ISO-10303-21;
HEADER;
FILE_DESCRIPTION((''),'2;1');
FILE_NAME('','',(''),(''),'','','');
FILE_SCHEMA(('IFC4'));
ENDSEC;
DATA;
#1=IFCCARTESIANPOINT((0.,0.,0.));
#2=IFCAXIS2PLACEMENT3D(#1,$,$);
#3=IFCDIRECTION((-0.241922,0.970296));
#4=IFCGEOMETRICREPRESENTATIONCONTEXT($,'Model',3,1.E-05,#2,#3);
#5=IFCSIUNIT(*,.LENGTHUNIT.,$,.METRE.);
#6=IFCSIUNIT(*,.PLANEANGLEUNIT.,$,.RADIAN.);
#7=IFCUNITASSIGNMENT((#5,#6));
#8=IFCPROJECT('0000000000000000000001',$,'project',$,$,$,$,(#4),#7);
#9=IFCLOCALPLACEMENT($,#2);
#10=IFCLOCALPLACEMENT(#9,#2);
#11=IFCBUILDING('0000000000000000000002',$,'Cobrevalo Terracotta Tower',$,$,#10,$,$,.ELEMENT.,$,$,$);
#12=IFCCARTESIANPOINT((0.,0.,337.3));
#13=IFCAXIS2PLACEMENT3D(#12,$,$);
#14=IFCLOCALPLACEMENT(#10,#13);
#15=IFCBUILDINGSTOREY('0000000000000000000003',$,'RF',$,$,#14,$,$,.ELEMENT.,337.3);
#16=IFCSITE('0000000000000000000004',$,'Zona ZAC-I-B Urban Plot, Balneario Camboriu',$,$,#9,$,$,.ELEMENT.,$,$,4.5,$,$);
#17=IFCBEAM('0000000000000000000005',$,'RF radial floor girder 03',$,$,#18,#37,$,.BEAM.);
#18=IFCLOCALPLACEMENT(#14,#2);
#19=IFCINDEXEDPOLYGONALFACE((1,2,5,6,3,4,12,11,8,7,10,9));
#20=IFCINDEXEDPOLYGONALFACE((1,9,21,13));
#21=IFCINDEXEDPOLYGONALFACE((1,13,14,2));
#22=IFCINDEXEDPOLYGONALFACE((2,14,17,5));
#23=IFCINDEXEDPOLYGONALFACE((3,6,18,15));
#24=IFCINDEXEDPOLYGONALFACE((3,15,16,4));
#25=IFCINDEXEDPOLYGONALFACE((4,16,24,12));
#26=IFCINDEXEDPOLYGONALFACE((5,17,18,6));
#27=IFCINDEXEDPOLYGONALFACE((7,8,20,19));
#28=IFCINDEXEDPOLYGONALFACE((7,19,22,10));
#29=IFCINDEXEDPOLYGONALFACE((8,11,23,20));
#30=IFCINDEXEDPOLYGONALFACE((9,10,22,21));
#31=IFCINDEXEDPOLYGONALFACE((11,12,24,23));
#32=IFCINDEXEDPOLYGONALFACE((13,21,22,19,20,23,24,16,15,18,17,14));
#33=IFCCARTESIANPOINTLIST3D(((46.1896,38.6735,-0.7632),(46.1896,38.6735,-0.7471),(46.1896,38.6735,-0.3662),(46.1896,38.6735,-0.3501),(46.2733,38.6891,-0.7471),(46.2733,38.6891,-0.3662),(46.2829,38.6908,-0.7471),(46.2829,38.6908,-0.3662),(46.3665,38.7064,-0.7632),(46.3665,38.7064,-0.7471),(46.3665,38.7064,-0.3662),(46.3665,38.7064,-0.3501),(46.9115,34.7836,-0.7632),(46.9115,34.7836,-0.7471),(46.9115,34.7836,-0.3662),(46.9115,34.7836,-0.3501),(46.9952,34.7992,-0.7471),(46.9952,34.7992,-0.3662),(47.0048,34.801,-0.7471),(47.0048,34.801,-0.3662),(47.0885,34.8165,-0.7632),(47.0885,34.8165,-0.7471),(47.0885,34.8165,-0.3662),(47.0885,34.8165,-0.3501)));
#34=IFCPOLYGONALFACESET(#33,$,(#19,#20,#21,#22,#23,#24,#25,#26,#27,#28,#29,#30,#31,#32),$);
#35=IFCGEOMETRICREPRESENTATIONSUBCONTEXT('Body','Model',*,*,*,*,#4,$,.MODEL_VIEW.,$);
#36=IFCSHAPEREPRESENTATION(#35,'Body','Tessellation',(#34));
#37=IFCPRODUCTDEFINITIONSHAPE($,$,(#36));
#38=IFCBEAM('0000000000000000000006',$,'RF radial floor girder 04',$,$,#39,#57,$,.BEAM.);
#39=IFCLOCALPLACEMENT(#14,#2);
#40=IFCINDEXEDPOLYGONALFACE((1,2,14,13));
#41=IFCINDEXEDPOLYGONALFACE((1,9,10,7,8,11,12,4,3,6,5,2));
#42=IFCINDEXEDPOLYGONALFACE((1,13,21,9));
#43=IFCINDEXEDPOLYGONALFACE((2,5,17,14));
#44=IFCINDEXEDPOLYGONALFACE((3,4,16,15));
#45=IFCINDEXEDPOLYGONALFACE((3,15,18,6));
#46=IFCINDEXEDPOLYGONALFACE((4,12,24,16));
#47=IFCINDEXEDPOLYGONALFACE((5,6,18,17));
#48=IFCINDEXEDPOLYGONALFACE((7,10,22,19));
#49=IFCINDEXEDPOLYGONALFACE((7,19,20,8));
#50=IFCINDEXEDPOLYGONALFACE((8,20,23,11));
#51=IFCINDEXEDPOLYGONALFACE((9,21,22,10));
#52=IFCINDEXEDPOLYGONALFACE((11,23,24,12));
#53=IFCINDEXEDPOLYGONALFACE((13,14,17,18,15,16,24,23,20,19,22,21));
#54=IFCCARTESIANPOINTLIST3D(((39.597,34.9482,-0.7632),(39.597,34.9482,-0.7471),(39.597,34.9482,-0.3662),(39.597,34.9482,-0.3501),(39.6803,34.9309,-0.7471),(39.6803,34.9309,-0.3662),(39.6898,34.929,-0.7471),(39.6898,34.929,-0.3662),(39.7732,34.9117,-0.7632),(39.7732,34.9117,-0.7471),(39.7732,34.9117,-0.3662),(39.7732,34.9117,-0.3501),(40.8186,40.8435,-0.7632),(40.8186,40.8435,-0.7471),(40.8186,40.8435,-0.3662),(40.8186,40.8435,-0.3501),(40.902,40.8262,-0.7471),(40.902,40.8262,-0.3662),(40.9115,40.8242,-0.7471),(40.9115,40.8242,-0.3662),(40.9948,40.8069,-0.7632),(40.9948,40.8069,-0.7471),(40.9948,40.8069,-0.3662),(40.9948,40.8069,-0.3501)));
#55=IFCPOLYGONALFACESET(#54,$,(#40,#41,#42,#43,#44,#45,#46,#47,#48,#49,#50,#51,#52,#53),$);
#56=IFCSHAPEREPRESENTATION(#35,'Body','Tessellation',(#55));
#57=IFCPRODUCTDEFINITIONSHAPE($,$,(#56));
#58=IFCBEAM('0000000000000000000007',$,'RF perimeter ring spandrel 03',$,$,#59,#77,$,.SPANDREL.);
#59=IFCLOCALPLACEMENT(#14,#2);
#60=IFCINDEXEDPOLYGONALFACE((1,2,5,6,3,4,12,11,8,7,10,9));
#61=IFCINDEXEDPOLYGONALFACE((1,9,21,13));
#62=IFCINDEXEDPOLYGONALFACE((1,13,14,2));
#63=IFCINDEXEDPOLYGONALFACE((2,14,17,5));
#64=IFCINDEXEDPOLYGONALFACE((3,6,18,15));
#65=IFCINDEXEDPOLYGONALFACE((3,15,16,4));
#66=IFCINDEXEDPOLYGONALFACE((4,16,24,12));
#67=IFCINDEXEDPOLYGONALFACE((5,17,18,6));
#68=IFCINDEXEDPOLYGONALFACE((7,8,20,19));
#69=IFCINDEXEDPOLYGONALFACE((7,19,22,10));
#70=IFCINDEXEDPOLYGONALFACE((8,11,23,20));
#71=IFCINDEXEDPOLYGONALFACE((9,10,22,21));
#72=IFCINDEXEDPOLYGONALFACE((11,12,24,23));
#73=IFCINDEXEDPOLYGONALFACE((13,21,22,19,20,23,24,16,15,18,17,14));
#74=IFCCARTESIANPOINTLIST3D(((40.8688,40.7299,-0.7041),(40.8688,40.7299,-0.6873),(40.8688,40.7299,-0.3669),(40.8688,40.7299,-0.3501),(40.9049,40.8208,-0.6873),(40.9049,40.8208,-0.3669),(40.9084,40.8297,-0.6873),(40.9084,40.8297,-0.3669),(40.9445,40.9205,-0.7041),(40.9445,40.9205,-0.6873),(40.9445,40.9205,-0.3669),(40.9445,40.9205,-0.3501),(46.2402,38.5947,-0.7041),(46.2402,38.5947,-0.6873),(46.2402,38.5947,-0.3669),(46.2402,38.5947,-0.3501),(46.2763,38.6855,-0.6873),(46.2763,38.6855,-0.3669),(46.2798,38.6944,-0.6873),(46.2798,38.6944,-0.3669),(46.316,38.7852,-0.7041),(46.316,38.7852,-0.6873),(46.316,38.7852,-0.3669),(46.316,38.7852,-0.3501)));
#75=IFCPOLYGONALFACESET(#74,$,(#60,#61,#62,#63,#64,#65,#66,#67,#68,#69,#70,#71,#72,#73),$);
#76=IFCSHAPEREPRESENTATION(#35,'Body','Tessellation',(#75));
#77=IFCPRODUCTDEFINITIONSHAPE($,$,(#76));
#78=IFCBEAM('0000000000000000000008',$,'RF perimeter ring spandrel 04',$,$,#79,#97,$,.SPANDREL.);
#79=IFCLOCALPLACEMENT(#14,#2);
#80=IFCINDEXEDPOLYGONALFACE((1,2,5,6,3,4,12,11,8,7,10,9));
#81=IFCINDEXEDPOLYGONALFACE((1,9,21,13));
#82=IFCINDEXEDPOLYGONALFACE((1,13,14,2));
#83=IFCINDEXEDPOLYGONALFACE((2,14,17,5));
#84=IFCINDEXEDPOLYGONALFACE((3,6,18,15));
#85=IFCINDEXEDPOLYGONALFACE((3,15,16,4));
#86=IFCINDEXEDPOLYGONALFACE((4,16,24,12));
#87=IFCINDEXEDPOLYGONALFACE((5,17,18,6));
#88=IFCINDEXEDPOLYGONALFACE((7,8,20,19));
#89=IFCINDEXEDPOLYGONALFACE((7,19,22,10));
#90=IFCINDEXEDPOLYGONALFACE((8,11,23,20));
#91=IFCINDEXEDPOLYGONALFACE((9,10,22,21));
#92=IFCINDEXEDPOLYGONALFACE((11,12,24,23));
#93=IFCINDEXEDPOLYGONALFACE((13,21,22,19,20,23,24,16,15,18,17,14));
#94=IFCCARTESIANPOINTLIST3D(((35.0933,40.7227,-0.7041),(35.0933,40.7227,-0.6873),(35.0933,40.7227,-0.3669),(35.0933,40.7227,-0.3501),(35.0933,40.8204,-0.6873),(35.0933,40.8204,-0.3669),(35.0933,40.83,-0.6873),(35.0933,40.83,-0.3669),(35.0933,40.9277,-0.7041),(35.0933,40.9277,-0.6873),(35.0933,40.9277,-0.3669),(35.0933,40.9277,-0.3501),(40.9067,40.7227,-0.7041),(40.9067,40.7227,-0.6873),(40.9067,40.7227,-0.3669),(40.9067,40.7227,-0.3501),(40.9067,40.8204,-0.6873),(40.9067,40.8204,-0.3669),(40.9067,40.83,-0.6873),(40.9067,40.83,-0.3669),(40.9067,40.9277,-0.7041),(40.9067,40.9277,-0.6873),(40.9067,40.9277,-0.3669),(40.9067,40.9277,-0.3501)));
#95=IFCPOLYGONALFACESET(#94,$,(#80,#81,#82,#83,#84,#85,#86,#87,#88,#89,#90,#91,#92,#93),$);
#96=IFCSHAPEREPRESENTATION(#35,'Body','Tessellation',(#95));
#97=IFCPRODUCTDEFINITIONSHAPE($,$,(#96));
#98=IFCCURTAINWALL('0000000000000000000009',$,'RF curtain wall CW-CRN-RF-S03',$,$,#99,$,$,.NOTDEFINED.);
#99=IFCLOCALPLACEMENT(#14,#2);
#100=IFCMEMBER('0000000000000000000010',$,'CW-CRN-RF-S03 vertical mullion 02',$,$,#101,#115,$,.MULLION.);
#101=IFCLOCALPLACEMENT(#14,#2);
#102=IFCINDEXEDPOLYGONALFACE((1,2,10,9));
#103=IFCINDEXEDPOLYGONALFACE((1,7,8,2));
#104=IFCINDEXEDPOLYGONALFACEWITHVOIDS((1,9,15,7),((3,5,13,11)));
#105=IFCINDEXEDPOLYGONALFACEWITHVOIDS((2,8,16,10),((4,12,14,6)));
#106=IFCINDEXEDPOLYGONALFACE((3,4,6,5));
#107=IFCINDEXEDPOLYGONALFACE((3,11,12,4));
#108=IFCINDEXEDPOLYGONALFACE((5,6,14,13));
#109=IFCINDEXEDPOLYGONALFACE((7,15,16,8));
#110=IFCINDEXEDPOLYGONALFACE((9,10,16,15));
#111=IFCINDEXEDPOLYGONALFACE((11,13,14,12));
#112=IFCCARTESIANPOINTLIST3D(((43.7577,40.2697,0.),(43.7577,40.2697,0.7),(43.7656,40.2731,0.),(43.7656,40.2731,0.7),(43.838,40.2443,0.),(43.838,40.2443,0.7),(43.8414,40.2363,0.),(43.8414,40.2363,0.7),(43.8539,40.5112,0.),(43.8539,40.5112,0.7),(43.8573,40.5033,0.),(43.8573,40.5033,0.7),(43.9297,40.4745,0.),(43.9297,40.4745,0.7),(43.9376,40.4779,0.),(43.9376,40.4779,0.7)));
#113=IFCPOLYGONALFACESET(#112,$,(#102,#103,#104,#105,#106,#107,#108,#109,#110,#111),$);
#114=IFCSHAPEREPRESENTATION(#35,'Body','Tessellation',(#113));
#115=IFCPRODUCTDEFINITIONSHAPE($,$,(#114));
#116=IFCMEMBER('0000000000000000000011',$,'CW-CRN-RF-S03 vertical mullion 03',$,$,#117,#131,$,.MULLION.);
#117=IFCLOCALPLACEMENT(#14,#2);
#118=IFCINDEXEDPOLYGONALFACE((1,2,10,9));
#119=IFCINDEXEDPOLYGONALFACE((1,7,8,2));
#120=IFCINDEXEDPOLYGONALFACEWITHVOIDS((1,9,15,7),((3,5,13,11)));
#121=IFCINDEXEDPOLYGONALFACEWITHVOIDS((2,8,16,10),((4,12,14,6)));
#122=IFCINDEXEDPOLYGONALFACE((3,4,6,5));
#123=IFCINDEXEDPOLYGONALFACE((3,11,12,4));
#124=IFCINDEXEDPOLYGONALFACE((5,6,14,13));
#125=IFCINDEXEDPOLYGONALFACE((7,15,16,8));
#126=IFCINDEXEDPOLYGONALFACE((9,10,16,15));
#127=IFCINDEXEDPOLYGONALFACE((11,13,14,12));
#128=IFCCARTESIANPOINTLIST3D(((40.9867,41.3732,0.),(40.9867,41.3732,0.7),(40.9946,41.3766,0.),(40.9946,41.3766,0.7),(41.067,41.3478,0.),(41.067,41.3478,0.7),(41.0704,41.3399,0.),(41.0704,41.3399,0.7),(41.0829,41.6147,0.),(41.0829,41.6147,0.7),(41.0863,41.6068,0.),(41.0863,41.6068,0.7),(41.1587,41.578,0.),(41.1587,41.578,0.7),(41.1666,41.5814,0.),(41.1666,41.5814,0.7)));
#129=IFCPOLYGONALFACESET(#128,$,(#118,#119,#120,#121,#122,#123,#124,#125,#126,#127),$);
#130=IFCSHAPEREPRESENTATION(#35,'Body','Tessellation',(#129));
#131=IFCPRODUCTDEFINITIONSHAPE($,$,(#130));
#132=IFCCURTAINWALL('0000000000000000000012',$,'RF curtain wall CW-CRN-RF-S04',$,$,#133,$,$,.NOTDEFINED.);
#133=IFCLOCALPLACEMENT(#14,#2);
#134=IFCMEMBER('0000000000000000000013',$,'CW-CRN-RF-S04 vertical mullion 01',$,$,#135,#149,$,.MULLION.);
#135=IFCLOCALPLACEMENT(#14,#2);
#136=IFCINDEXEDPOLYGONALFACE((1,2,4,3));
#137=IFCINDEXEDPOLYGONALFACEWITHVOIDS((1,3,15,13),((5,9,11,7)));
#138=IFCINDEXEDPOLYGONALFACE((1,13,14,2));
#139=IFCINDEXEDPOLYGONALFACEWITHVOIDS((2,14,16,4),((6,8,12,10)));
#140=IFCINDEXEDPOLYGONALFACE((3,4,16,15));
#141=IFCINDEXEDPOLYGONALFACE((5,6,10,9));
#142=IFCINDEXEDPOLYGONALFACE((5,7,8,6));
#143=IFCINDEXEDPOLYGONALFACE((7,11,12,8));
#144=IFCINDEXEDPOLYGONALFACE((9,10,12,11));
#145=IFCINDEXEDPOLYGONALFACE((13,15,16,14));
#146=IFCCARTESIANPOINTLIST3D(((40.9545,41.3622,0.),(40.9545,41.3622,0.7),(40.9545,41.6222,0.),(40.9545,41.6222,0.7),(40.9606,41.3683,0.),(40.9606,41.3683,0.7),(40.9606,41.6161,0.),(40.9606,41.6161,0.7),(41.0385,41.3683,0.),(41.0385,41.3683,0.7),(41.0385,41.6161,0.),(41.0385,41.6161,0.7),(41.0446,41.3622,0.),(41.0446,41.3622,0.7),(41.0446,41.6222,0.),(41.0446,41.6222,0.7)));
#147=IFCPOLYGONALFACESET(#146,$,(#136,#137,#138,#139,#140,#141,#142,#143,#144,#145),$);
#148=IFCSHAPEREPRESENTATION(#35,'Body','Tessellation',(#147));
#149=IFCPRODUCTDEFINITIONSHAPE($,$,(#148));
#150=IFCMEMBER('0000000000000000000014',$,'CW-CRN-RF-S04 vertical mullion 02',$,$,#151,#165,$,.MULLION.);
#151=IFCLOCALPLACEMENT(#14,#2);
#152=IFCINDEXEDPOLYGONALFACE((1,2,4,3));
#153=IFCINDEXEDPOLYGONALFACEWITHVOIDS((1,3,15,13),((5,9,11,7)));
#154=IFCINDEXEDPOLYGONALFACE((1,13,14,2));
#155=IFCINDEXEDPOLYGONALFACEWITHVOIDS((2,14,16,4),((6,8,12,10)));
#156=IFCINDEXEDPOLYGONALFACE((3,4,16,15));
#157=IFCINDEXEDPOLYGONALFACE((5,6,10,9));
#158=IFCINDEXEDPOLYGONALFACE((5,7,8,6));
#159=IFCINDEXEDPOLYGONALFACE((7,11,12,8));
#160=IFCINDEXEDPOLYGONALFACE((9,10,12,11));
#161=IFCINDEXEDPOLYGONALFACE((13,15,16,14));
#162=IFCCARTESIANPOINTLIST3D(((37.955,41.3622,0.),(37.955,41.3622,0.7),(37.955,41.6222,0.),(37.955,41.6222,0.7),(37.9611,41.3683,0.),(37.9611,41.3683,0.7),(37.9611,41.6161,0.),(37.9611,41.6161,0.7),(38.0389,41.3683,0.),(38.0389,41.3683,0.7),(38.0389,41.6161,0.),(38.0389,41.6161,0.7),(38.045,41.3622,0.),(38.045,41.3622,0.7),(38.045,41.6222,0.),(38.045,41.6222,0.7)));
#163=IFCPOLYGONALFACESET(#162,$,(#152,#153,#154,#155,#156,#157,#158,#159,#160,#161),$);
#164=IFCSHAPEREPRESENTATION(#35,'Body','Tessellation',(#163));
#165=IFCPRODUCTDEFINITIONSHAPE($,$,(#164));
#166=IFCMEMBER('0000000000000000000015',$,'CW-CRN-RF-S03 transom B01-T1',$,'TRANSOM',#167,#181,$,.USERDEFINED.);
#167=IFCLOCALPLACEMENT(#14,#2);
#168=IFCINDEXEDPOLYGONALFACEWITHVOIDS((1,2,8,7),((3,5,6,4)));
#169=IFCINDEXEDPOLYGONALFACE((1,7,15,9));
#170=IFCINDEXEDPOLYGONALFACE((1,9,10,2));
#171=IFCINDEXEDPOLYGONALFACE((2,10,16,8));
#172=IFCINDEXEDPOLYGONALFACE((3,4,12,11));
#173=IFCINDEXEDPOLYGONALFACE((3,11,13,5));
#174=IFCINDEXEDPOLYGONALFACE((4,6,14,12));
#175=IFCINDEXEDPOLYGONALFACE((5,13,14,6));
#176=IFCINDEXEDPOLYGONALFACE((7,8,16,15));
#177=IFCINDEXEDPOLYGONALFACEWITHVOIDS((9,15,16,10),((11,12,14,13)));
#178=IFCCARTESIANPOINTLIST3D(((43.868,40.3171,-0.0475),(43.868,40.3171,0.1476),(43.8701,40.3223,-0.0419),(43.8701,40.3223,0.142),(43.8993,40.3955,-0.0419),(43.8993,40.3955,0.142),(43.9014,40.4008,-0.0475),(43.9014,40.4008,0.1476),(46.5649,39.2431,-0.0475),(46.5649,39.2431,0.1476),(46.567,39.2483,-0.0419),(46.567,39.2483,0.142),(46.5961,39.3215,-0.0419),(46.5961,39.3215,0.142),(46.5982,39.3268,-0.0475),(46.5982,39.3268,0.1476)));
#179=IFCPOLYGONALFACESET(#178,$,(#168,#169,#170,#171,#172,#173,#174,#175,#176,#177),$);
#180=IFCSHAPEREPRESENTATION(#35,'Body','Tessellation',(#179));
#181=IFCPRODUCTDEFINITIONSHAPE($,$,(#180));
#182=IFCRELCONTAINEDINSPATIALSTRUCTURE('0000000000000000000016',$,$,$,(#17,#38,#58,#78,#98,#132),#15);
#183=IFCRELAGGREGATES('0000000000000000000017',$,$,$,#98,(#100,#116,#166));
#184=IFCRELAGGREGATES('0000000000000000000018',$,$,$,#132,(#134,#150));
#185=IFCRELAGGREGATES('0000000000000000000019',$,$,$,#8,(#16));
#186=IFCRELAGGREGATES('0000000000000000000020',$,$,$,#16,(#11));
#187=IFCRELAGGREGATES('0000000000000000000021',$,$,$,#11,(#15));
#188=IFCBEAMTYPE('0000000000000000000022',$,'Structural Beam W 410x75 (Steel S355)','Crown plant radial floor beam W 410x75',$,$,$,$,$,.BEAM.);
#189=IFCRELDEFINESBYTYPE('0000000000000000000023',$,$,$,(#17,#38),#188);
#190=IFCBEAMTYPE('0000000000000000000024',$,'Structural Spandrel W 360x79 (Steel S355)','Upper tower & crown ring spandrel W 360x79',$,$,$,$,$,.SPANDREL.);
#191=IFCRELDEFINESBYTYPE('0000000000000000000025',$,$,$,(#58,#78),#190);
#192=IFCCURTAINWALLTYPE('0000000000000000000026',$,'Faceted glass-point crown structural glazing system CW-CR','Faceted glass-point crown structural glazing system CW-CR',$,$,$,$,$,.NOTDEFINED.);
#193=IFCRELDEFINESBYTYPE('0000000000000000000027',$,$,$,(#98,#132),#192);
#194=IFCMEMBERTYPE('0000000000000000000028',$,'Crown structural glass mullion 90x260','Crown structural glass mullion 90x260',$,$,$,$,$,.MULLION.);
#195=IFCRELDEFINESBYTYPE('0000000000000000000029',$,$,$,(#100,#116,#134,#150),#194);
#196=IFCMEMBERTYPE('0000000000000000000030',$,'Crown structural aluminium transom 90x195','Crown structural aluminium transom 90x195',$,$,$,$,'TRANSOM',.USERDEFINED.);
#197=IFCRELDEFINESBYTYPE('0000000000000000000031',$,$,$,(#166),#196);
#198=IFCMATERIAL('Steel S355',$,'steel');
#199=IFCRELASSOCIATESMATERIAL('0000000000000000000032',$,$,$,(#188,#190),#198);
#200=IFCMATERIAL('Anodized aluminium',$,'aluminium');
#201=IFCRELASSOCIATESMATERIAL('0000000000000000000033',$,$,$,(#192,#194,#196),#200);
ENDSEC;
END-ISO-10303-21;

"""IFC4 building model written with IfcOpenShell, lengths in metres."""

from ifc_helpers import new_model, si_unit, direction, frame, origin, origin_2d, place, context, subcontext, project, spatial, hollow_rectangle, i_section, extrude, source, transform, mapped, material, material_profile, profile_set, type_object, element, aggregate, save


model = new_model("IFC4")

# Units and contexts
model_context = context("Model", 3, precision=1e-05, world=origin(), true_north=direction((-0.241922, 0.970296)))
body_context = subcontext(model_context, "Body", "Model", "MODEL_VIEW")
ifc_project = project(units=[si_unit("LENGTHUNIT", "METRE"), si_unit("PLANEANGLEUNIT", "RADIAN")], contexts=[model_context])

# Site, building, storey
site_placement = place(None, origin())
site = spatial("IfcSite", under=ifc_project, at=site_placement, Name="Zona ZAC-I-B Urban Plot, Balneario Camboriu", CompositionType="ELEMENT", RefElevation=4.5)
building_placement = place(site_placement, origin())
building = spatial("IfcBuilding", under=site, at=building_placement, Name="Cobrevalo Terracotta Tower", CompositionType="ELEMENT")
storey_placement = place(building_placement, frame((0.0, 0.0, 337.3)))
storey = spatial("IfcBuildingStorey", under=building, at=storey_placement, Name="RF", CompositionType="ELEMENT", Elevation=337.3)

# Beams
ifc_material_1 = material(Name="Steel S355", Category="steel")
ifc_material_profile_1 = material_profile(ifc_material_1, i_section(OverallWidth=0.1799, OverallDepth=0.4131, WebThickness=0.0098, FlangeThickness=0.0161, at=origin_2d()), Name="W 410x75")
ifc_profile_set_1 = profile_set([ifc_material_profile_1], Name="Steel S355")
beam_type_1 = type_object("IfcBeamType", Name="Structural Beam W 410x75 (Steel S355)", Description="Crown plant radial floor beam W 410x75", PredefinedType="BEAM", material=ifc_profile_set_1)
beam_1_placement = place(storey_placement, frame((46.2781, 38.6899, -0.5566), z_axis=(0.182474, -0.983211, 0.0), x_axis=(0.983211, 0.182474, 0.0)))
element("IfcBeam", 1, at=beam_1_placement, inside=storey, type_object=beam_type_1, Name="RF radial floor girder 03", PredefinedType="BEAM", context=body_context, shape_type="SweptSolid", body=[
    extrude(i_section(OverallWidth=0.1799, OverallDepth=0.4131, WebThickness=0.0098, FlangeThickness=0.0161, at=origin_2d()), origin(), (0.0, 0.0, 1.0), 3.9563),
])
beam_2_placement = place(storey_placement, frame((40.9067, 40.8252, -0.5566), z_axis=(-0.202919, -0.979195, 0.0), x_axis=(0.979195, -0.202919, 0.0)))
element("IfcBeam", 2, at=beam_2_placement, inside=storey, type_object=beam_type_1, Name="RF radial floor girder 04", PredefinedType="BEAM", context=body_context, shape_type="SweptSolid", body=[
    extrude(i_section(OverallWidth=0.1799, OverallDepth=0.4131, WebThickness=0.0098, FlangeThickness=0.0161, at=origin_2d()), origin(), (0.0, 0.0, 1.0), 6.0205),
])
ifc_material_profile_2 = material_profile(ifc_material_1, i_section(OverallWidth=0.2051, OverallDepth=0.354, WebThickness=0.0095, FlangeThickness=0.0168, at=origin_2d()), Name="W 360x79")
ifc_profile_set_2 = profile_set([ifc_material_profile_2], Name="Steel S355")
beam_type_2 = type_object("IfcBeamType", Name="Structural Spandrel W 360x79 (Steel S355)", Description="Upper tower & crown ring spandrel W 360x79", PredefinedType="SPANDREL", material=ifc_profile_set_2)
beam_3_placement = place(storey_placement, frame((46.2781, 38.6899, -0.5271), z_axis=(-0.929267, 0.369409, 0.0), x_axis=(-0.369409, -0.929267, 0.0)))
element("IfcBeam", 3, at=beam_3_placement, inside=storey, type_object=beam_type_2, Name="RF perimeter ring spandrel 03", PredefinedType="SPANDREL", context=body_context, shape_type="SweptSolid", body=[
    extrude(i_section(OverallWidth=0.2051, OverallDepth=0.354, WebThickness=0.0095, FlangeThickness=0.0168, at=origin_2d()), origin(), (0.0, 0.0, 1.0), 5.7803),
])
beam_4_placement = place(storey_placement, frame((40.9067, 40.8252, -0.5271), z_axis=(-1.0, 0.0, 0.0), x_axis=(0.0, -1.0, 0.0)))
element("IfcBeam", 4, at=beam_4_placement, inside=storey, type_object=beam_type_2, Name="RF perimeter ring spandrel 04", PredefinedType="SPANDREL", context=body_context, shape_type="SweptSolid", body=[
    extrude(i_section(OverallWidth=0.2051, OverallDepth=0.354, WebThickness=0.0095, FlangeThickness=0.0168, at=origin_2d()), origin(), (0.0, 0.0, 1.0), 5.8135),
])

# Curtain walls, members
ifc_material_2 = material(Name="Anodized aluminium", Category="aluminium")
curtain_wall_type = type_object("IfcCurtainWallType", Name="Faceted glass-point crown structural glazing system CW-CR", Description="Faceted glass-point crown structural glazing system CW-CR", PredefinedType="NOTDEFINED", material=ifc_material_2)
curtain_wall_1_placement = place(storey_placement, origin())
curtain_wall_1 = element("IfcCurtainWall", 5, at=curtain_wall_1_placement, inside=storey, type_object=curtain_wall_type, Name="RF curtain wall CW-CRN-RF-S03", PredefinedType="NOTDEFINED")
ifc_material_profile_3 = material_profile(ifc_material_2, hollow_rectangle(XDim=0.0901, YDim=0.26, WallThickness=0.0061, at=origin_2d()), Name="CWM 90x260")
ifc_profile_set_3 = profile_set([ifc_material_profile_3], Name="Anodized aluminium")
member_type_1 = type_object("IfcMemberType", Name="Crown structural glass mullion 90x260", Description="Crown structural glass mullion 90x260", PredefinedType="MULLION", material=ifc_profile_set_3)
shared_shape_1 = source(origin(), body_context, "Body", "SweptSolid", [
    extrude(hollow_rectangle(XDim=0.0901, YDim=0.26, WallThickness=0.0061, at=origin_2d()), origin(), (0.0, 0.0, 1.0), 0.7),
])
member_1_placement = place(storey_placement, frame((43.8477, 40.3738, 0.0), z_axis=(0.0, 0.0, 1.0), x_axis=(-0.929029, 0.370006, 0.0)))
member_1 = element("IfcMember", 6, at=member_1_placement, type_object=member_type_1, Name="CW-CRN-RF-S03 vertical mullion 02", PredefinedType="MULLION", context=body_context, shape_type="MappedRepresentation", body=[
    mapped(shared_shape_1, transform((0.0, 0.0, 0.0), scale=1.0)),
])
member_2_placement = place(storey_placement, frame((41.0767, 41.4773, 0.0), z_axis=(0.0, 0.0, 1.0), x_axis=(-0.929029, 0.370006, 0.0)))
member_2 = element("IfcMember", 7, at=member_2_placement, type_object=member_type_1, Name="CW-CRN-RF-S03 vertical mullion 03", PredefinedType="MULLION", context=body_context, shape_type="MappedRepresentation", body=[
    mapped(shared_shape_1, transform((0.0, 0.0, 0.0), scale=1.0)),
])
curtain_wall_2_placement = place(storey_placement, origin())
curtain_wall_2 = element("IfcCurtainWall", 8, at=curtain_wall_2_placement, inside=storey, type_object=curtain_wall_type, Name="RF curtain wall CW-CRN-RF-S04", PredefinedType="NOTDEFINED")
member_3_placement = place(storey_placement, frame((40.9995, 41.4922, 0.0), z_axis=(0.0, 0.0, 1.0), x_axis=(-1.0, 0.0, 0.0)))
member_3 = element("IfcMember", 9, at=member_3_placement, type_object=member_type_1, Name="CW-CRN-RF-S04 vertical mullion 01", PredefinedType="MULLION", context=body_context, shape_type="MappedRepresentation", body=[
    mapped(shared_shape_1, transform((0.0, 0.0, 0.0), scale=1.0)),
])
member_4_placement = place(storey_placement, frame((38.0, 41.4922, 0.0), z_axis=(0.0, 0.0, 1.0), x_axis=(-1.0, 0.0, 0.0)))
member_4 = element("IfcMember", 10, at=member_4_placement, type_object=member_type_1, Name="CW-CRN-RF-S04 vertical mullion 02", PredefinedType="MULLION", context=body_context, shape_type="MappedRepresentation", body=[
    mapped(shared_shape_1, transform((0.0, 0.0, 0.0), scale=1.0)),
])

# Member
ifc_material_profile_4 = material_profile(ifc_material_2, hollow_rectangle(XDim=0.0901, YDim=0.1951, WallThickness=0.0056, at=origin_2d()), Name="CWT 90x195")
ifc_profile_set_4 = profile_set([ifc_material_profile_4], Name="Anodized aluminium")
member_type_2 = type_object("IfcMemberType", Name="Crown structural aluminium transom 90x195", Description="Crown structural aluminium transom 90x195", ElementType="TRANSOM", PredefinedType="USERDEFINED", material=ifc_profile_set_4)
shared_shape_2 = source(origin(), body_context, "Body", "SweptSolid", [
    extrude(hollow_rectangle(XDim=0.0901, YDim=0.1951, WallThickness=0.0056, at=origin_2d()), origin(), (0.0, 0.0, 1.0), 2.9028),
])
member_5_placement = place(storey_placement, frame((46.5815, 39.2849, 0.05), z_axis=(-0.929038, 0.369984, 0.0), x_axis=(-0.369984, -0.929038, 0.0)))
member_5 = element("IfcMember", 11, at=member_5_placement, type_object=member_type_2, Name="CW-CRN-RF-S03 transom B01-T1", ObjectType="TRANSOM", PredefinedType="USERDEFINED", context=body_context, shape_type="MappedRepresentation", body=[
    mapped(shared_shape_2, transform((0.0, 0.0, 0.0), scale=1.0)),
])

aggregate(curtain_wall_1, [member_1, member_2, member_5])
aggregate(curtain_wall_2, [member_3, member_4])

save(model, "model.ifc")
